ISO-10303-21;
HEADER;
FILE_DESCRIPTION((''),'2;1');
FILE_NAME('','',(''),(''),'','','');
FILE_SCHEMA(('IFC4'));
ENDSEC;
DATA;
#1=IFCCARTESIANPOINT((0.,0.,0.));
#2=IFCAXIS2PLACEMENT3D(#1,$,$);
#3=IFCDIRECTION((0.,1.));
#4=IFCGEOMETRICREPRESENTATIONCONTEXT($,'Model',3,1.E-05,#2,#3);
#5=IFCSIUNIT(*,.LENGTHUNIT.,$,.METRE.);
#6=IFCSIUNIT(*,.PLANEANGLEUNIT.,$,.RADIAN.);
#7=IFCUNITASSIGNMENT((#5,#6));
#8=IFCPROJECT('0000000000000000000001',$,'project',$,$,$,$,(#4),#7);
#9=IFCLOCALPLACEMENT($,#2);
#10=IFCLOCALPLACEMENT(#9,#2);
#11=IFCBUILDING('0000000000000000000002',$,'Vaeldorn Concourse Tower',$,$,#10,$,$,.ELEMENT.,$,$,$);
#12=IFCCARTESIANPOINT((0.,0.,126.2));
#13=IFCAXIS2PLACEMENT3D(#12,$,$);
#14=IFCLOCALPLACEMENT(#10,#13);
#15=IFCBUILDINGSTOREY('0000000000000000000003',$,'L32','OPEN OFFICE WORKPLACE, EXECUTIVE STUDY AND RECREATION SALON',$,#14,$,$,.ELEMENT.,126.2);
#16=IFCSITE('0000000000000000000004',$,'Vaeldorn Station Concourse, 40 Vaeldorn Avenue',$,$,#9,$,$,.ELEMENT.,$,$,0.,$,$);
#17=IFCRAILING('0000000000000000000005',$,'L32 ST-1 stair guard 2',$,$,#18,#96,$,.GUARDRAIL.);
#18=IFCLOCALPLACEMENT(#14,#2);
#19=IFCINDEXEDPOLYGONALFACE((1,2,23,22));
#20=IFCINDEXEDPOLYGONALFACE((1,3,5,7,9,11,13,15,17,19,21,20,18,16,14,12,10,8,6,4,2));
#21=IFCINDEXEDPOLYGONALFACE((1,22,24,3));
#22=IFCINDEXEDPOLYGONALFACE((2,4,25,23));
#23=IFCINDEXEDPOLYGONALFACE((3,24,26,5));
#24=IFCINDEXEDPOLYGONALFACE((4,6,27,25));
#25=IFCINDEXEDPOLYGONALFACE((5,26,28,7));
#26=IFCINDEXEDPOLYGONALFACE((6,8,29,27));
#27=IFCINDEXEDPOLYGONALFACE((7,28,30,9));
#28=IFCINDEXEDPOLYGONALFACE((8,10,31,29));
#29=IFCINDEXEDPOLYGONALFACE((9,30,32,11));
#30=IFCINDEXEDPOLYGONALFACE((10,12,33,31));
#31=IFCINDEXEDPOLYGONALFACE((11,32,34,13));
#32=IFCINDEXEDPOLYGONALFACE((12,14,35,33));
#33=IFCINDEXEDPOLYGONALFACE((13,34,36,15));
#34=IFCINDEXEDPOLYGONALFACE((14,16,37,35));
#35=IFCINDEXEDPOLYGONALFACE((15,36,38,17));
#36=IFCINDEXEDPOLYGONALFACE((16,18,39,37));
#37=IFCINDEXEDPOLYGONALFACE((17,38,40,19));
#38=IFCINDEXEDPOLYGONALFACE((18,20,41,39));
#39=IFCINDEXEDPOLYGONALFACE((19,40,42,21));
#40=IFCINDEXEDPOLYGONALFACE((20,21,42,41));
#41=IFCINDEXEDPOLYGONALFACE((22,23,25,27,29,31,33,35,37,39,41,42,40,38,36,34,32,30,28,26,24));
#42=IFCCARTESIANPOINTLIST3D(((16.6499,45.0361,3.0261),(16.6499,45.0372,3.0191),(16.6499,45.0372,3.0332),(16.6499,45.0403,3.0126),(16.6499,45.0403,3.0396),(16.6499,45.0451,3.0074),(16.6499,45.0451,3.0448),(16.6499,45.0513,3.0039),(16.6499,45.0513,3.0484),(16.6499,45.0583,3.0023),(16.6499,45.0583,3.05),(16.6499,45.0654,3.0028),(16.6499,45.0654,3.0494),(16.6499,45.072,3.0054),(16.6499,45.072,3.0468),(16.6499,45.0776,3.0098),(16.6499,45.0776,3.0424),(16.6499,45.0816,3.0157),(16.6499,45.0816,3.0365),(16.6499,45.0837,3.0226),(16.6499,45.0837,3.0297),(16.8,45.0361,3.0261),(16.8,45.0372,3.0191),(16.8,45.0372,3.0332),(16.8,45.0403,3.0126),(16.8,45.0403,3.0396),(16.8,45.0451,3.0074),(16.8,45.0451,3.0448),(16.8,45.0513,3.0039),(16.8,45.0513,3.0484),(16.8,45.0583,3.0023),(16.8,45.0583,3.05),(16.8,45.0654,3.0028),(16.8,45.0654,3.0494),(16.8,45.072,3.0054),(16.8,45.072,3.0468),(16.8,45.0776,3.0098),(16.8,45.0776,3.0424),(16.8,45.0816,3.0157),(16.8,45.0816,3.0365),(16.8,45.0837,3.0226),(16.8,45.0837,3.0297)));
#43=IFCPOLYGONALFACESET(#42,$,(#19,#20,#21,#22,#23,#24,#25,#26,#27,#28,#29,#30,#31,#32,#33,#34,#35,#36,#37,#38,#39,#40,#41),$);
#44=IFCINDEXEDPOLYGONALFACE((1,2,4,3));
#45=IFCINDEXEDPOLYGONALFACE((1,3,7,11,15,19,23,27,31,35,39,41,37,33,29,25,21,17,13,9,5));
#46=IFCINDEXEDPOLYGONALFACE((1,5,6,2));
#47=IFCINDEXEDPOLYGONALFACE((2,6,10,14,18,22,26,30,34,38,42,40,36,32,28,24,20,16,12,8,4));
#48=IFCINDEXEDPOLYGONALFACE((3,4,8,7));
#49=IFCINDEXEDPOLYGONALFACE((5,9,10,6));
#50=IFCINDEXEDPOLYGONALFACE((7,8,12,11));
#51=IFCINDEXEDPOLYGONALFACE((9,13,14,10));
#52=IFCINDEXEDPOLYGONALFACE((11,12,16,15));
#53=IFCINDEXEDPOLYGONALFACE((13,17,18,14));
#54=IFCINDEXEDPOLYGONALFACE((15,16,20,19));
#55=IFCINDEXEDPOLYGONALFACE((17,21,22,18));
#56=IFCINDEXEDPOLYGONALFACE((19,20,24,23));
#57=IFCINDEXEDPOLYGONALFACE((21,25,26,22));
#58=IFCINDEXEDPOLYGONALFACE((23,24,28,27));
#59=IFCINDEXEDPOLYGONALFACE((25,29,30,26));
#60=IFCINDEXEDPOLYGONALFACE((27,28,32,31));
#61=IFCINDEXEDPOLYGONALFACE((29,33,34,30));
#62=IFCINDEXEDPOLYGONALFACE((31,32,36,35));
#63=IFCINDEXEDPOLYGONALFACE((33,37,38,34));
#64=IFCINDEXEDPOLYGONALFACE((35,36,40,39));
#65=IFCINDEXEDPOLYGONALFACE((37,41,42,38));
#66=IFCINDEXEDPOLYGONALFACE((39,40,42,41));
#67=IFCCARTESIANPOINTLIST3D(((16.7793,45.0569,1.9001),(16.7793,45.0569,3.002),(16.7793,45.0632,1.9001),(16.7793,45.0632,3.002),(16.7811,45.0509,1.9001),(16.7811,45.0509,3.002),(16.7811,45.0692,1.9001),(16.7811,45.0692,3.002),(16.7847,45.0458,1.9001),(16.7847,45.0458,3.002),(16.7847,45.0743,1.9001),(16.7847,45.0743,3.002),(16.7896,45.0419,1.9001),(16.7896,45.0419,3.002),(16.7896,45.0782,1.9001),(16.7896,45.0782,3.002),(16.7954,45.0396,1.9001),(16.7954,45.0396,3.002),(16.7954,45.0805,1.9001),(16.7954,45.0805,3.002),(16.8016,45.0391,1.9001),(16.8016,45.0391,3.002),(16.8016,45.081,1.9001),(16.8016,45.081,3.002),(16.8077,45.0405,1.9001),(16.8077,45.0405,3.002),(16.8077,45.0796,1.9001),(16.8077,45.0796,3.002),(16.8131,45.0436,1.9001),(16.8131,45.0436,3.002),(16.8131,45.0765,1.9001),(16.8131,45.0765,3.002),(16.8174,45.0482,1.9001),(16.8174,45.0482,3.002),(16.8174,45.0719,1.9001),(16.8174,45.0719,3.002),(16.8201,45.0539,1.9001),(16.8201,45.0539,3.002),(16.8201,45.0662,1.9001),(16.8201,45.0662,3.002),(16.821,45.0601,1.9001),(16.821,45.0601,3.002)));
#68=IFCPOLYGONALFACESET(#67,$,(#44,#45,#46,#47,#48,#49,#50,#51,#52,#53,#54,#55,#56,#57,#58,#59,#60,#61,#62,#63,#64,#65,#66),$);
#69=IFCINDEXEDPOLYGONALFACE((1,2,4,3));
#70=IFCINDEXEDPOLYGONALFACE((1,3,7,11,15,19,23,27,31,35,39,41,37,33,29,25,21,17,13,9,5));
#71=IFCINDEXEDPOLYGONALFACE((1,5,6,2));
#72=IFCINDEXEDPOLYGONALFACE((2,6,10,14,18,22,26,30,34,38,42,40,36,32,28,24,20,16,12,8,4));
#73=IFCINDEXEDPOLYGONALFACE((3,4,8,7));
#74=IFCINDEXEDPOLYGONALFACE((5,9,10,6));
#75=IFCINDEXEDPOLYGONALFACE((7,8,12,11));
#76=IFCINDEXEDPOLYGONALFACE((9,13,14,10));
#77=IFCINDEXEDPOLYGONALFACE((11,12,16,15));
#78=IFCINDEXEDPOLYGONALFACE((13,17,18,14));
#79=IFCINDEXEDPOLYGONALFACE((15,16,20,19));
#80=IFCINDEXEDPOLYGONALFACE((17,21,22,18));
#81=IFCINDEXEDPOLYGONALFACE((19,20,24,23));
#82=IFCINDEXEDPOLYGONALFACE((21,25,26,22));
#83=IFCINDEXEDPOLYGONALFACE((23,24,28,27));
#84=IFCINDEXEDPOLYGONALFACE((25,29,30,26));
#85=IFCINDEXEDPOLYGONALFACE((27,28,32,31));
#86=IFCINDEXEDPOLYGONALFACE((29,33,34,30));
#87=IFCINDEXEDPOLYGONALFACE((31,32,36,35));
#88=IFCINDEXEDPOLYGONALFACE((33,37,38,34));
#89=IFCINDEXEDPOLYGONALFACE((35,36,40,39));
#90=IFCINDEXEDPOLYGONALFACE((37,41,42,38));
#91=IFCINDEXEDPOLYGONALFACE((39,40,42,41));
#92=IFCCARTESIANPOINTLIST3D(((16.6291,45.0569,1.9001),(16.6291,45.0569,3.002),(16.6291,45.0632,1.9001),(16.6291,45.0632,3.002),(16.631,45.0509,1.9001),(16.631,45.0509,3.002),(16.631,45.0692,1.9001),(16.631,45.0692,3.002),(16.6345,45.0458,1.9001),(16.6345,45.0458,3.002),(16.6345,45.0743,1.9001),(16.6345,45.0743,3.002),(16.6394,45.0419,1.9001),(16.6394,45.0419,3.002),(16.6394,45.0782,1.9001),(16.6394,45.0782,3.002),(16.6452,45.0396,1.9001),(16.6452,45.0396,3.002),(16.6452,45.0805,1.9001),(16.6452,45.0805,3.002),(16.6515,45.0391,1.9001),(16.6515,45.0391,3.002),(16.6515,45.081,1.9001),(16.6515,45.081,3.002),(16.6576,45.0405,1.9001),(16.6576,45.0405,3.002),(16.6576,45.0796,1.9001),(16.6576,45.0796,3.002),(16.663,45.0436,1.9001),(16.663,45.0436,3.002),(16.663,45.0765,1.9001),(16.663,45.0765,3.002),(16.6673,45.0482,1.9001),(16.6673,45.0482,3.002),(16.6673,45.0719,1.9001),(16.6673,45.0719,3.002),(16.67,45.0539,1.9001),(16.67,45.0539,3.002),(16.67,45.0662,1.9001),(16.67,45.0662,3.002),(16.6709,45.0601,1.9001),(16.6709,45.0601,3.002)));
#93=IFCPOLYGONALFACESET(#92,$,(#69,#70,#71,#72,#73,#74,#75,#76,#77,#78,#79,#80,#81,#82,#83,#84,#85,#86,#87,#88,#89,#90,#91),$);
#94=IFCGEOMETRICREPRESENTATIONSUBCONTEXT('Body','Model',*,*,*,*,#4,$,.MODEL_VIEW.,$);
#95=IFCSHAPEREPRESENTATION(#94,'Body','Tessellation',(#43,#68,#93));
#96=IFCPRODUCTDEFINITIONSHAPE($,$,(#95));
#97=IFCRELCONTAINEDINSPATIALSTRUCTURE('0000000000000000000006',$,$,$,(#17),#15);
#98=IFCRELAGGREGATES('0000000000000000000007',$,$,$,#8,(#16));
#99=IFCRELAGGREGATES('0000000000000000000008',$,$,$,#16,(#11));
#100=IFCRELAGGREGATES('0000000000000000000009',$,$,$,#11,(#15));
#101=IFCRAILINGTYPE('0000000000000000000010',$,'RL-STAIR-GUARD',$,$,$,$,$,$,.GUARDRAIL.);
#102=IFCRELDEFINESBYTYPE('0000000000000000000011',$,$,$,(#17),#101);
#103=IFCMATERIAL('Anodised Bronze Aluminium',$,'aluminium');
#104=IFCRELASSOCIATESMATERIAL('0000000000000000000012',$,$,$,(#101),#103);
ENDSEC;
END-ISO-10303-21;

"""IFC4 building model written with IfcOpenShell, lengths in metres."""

from ifc_helpers import new_model, si_unit, direction, frame, origin, origin_2d, place, context, subcontext, project, spatial, circle, extrude, material, type_object, element, save


model = new_model("IFC4")

# Units and contexts
model_context = context("Model", 3, precision=1e-05, world=origin(), true_north=direction((0.0, 1.0)))
body_context = subcontext(model_context, "Body", "Model", "MODEL_VIEW")
ifc_project = project(units=[si_unit("LENGTHUNIT", "METRE"), si_unit("PLANEANGLEUNIT", "RADIAN")], contexts=[model_context])

# Site, building, storey
site_placement = place(None, origin())
site = spatial("IfcSite", under=ifc_project, at=site_placement, Name="Vaeldorn Station Concourse, 40 Vaeldorn Avenue", CompositionType="ELEMENT", RefElevation=0.0)
building_placement = place(site_placement, origin())
building = spatial("IfcBuilding", under=site, at=building_placement, Name="Vaeldorn Concourse Tower", CompositionType="ELEMENT")
storey_placement = place(building_placement, frame((0.0, 0.0, 126.2)))
storey = spatial("IfcBuildingStorey", under=building, at=storey_placement, Name="L32", Description="OPEN OFFICE WORKPLACE, EXECUTIVE STUDY AND RECREATION SALON", CompositionType="ELEMENT", Elevation=126.2)

# Shared definitions
ifc_material_1 = material(Name="Anodised Bronze Aluminium", Category="aluminium")

# Railing
railing_type_1 = type_object("IfcRailingType", Name="RL-STAIR-GUARD", PredefinedType="GUARDRAIL", material=ifc_material_1)
railing_1_placement = place(storey_placement, frame((16.8, 45.0601, 1.9001)))
element("IfcRailing", 1, at=railing_1_placement, inside=storey, type_object=railing_type_1, Name="L32 ST-1 stair guard 2", PredefinedType="GUARDRAIL", context=body_context, shape_type="SweptSolid", body=[
    extrude(circle(Radius=0.0239, at=origin_2d()), frame((0.0, 0.0, 1.126), z_axis=(-1.0, 0.0, 0.0), x_axis=(0.0, -1.0, 0.0)), (0.0, 0.0, 1.0), 0.1501),
    extrude(circle(Radius=0.021, at=origin_2d()), origin(), (0.0, 0.0, 1.0), 1.1018),
    extrude(circle(Radius=0.021, at=origin_2d()), frame((-0.1501, 0.0, 0.0)), (0.0, 0.0, 1.0), 1.1018),
])

save(model, "model.ifc")
